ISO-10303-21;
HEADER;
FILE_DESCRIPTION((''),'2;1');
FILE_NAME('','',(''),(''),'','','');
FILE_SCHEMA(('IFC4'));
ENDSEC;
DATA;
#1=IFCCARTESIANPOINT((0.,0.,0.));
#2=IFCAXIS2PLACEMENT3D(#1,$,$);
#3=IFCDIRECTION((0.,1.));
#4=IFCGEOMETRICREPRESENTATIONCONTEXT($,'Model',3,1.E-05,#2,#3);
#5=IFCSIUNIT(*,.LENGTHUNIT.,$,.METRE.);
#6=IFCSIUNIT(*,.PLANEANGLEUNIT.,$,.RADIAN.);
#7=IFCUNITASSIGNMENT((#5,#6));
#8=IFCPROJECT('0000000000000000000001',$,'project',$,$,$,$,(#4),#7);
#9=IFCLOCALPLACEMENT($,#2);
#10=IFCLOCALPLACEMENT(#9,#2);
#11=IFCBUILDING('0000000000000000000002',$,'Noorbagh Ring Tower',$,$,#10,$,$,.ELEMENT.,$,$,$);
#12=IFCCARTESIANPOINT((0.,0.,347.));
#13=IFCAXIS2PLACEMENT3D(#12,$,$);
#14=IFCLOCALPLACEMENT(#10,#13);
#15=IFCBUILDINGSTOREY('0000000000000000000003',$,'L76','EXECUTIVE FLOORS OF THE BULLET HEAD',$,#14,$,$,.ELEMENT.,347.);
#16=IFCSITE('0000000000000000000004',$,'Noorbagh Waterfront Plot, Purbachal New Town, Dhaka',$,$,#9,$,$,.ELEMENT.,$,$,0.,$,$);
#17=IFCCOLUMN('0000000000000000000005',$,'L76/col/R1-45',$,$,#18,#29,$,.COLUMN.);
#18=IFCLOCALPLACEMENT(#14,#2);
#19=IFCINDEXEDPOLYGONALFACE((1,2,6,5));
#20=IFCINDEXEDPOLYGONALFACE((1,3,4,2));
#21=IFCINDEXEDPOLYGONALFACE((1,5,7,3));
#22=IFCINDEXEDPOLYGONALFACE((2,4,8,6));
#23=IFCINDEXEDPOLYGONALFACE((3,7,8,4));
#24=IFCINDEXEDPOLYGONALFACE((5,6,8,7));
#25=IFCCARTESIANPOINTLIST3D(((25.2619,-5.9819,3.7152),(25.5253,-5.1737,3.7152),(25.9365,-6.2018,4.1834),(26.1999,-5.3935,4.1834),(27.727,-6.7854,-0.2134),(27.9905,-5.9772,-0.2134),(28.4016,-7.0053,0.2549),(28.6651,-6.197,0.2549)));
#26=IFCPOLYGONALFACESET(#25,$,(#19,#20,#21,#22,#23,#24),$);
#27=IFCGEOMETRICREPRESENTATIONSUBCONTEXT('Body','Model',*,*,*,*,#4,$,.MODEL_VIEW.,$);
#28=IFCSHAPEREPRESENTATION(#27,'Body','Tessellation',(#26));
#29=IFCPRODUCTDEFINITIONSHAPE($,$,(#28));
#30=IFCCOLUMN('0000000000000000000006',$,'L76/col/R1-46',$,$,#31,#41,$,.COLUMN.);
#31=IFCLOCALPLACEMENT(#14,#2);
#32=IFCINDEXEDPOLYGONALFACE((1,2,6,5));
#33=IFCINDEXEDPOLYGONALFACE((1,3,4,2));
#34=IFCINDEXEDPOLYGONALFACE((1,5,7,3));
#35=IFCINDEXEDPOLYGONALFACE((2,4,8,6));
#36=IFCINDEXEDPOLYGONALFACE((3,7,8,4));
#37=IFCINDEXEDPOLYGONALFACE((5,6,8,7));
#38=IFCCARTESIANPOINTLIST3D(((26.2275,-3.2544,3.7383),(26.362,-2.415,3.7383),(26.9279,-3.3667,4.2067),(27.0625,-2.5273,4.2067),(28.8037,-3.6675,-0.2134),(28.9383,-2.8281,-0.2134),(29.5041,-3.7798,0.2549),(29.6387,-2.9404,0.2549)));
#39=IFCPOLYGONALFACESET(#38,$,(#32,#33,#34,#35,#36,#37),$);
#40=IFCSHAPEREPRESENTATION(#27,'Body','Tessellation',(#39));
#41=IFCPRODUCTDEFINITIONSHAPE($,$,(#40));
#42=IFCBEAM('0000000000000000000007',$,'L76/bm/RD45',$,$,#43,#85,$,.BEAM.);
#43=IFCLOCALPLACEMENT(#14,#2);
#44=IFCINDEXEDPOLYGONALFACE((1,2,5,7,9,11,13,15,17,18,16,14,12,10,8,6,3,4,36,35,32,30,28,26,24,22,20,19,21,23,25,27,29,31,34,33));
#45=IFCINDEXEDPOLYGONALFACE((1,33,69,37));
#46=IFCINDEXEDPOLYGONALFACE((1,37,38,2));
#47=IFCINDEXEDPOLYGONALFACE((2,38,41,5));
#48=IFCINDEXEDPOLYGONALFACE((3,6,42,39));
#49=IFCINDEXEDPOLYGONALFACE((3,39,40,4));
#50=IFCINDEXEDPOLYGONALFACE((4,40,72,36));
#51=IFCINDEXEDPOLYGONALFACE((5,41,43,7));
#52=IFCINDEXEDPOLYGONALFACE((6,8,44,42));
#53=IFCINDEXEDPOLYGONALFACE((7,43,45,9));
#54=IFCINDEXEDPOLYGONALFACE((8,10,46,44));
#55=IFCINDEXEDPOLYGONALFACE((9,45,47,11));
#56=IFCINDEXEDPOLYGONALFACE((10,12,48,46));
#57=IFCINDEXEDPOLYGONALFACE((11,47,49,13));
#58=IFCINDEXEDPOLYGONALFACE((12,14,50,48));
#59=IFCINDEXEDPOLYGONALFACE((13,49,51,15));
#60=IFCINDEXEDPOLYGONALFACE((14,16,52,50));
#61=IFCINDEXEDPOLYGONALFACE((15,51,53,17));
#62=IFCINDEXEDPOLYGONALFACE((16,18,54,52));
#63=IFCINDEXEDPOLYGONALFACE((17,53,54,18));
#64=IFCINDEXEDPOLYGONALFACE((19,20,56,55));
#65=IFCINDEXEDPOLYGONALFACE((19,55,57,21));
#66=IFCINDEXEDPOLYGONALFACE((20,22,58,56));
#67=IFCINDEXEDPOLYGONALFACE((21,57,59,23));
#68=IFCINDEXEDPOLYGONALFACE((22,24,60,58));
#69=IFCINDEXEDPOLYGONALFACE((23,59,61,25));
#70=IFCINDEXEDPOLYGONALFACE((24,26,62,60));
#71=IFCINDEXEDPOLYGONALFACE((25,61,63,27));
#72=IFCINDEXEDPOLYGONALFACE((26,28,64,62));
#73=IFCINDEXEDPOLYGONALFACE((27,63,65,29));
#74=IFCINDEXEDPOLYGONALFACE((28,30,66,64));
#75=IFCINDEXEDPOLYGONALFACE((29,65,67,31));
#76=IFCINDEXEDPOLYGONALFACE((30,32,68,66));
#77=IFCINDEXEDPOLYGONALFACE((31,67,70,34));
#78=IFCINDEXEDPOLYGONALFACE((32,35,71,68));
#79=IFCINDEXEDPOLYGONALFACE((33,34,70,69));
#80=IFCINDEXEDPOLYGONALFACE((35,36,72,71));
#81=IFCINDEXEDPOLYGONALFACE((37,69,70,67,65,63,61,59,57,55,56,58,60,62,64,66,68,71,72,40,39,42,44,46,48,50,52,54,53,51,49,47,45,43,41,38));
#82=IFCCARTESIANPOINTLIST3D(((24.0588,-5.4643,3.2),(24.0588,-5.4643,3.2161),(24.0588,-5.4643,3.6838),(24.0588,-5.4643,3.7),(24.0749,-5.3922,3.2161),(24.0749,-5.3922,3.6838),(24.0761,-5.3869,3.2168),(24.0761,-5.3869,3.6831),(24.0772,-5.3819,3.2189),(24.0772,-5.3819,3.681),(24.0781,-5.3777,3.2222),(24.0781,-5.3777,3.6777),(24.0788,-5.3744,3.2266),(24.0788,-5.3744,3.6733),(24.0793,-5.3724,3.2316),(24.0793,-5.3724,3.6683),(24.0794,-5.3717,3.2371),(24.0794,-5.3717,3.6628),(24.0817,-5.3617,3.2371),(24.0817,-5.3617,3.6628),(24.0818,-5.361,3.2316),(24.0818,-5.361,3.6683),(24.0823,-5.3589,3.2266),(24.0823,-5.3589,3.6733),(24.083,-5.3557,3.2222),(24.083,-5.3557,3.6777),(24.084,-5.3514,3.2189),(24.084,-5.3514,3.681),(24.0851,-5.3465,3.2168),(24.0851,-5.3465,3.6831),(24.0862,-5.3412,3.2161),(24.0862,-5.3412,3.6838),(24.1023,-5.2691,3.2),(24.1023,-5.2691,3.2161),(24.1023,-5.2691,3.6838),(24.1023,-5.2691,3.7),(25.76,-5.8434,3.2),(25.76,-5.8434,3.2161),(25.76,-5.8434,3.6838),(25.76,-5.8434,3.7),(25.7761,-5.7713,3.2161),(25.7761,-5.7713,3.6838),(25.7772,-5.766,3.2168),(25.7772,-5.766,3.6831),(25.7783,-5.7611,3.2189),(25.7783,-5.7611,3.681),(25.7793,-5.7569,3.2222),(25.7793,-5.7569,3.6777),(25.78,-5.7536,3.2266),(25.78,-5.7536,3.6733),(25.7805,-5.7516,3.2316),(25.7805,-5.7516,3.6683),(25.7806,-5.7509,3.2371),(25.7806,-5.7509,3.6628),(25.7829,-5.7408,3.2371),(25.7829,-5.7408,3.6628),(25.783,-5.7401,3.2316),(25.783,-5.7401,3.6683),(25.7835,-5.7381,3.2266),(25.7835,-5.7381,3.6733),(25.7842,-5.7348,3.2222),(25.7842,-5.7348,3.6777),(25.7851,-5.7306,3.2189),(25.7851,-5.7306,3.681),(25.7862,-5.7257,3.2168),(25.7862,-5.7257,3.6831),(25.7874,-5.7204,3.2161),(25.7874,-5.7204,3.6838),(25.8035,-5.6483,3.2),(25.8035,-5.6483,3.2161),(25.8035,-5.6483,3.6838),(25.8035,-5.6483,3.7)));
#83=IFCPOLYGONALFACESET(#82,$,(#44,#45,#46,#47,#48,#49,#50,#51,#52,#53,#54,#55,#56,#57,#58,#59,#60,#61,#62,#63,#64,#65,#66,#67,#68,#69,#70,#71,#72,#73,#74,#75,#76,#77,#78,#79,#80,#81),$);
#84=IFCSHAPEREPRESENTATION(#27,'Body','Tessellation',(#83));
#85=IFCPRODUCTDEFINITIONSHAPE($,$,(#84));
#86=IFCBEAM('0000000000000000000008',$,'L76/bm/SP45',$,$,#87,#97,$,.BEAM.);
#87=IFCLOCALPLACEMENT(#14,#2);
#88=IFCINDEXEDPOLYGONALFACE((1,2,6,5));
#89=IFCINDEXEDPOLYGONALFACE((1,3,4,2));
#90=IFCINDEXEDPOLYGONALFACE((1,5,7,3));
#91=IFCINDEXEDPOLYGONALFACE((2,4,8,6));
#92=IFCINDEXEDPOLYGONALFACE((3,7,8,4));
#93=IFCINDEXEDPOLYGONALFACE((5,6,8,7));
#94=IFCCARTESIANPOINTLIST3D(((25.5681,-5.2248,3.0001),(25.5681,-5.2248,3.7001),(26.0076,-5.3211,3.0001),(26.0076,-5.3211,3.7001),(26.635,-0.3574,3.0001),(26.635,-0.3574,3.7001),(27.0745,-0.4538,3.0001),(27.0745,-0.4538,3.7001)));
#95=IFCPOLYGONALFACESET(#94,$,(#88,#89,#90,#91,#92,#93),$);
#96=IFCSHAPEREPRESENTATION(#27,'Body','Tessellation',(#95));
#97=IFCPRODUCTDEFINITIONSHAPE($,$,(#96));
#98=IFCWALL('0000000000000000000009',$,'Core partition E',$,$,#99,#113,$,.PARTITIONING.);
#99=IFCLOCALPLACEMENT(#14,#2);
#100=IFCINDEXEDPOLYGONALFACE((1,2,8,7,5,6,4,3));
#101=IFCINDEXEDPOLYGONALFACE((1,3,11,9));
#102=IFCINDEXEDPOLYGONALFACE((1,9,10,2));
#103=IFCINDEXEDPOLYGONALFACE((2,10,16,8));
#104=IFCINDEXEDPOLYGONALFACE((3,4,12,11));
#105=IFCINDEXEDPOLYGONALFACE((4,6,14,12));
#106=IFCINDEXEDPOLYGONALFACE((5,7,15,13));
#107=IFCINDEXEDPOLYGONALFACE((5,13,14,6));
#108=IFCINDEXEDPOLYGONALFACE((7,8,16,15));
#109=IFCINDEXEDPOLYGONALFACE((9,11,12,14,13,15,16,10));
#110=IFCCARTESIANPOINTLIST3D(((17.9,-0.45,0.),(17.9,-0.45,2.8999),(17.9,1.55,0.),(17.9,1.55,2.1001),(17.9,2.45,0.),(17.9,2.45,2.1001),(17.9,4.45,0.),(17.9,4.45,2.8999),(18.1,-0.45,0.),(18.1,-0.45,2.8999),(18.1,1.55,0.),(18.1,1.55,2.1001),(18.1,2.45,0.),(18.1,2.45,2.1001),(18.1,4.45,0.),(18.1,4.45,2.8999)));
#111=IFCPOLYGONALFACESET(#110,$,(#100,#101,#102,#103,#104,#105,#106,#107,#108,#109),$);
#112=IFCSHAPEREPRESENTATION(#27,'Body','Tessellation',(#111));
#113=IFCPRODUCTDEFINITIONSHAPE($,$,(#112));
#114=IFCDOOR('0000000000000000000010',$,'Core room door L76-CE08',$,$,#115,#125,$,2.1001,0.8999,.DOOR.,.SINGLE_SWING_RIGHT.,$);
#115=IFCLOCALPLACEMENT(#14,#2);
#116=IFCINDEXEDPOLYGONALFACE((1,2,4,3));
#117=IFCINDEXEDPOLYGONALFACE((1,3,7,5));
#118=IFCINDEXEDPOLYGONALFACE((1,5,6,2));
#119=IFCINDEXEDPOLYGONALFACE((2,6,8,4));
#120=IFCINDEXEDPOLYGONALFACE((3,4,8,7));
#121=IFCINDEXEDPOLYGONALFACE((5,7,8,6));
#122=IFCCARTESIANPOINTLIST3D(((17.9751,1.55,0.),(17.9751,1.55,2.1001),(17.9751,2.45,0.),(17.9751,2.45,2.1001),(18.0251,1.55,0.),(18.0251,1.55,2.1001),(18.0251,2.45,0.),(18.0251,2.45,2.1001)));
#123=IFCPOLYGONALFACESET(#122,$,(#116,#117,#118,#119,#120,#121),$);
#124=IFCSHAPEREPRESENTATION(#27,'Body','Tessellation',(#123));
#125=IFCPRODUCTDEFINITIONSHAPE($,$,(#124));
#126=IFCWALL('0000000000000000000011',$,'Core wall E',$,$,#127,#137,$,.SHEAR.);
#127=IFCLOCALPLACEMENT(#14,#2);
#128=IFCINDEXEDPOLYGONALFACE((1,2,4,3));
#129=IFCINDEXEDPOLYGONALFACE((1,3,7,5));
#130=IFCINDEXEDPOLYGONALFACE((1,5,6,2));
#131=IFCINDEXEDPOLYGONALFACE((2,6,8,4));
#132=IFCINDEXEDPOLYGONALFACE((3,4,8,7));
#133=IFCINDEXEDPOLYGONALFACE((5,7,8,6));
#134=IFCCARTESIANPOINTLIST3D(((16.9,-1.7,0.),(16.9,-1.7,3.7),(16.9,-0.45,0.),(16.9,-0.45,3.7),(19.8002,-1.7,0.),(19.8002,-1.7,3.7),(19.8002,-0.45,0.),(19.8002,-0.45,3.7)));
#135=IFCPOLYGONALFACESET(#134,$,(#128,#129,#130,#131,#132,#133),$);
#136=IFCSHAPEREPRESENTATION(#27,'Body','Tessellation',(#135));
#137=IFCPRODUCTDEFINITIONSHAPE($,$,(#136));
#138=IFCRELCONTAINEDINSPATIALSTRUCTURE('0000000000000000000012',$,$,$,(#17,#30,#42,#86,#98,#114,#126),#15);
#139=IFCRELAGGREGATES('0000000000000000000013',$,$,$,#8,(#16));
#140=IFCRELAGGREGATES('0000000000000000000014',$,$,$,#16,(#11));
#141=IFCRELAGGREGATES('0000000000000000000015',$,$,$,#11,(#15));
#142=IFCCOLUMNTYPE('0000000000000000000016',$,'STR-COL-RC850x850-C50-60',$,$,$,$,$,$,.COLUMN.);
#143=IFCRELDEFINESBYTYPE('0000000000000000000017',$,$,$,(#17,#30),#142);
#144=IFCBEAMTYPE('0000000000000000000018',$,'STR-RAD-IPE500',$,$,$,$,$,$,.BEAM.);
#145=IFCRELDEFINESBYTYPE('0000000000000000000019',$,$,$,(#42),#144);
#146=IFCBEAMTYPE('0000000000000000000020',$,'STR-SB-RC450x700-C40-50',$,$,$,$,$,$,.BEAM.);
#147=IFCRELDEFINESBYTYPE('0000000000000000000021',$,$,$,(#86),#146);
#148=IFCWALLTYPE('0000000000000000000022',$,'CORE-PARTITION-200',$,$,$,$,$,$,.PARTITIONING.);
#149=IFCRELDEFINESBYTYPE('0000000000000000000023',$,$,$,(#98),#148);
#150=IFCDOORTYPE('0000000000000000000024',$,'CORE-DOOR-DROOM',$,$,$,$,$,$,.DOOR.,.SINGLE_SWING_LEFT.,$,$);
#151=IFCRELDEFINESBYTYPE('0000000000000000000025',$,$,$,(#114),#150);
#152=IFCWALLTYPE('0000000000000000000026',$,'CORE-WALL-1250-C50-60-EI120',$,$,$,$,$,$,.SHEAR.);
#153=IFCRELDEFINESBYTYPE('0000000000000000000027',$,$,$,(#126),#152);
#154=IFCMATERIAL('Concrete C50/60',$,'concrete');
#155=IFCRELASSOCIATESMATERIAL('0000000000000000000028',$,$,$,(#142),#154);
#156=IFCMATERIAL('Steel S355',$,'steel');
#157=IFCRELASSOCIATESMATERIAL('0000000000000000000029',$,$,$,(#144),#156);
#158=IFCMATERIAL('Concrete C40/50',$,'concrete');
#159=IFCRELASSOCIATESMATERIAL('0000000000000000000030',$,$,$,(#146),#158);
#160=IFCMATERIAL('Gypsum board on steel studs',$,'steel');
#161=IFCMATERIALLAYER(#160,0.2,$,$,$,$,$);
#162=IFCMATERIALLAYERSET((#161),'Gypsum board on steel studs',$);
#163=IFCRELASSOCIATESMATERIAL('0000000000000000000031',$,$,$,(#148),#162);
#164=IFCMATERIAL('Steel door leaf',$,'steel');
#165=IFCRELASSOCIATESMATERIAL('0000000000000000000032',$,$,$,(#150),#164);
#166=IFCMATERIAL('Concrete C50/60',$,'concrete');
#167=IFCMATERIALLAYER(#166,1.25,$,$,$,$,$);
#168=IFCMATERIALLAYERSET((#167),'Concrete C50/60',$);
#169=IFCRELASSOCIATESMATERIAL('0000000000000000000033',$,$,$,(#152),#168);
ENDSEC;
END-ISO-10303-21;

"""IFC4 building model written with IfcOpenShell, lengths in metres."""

from ifc_helpers import new_model, si_unit, direction, frame, frame_2d, origin, origin_2d, place, context, subcontext, project, spatial, rectangle, i_section, extrude, material, layer, layer_set, material_profile, profile_set, type_object, element, fill, save


model = new_model("IFC4")

# Units and contexts
model_context = context("Model", 3, precision=1e-05, world=origin(), true_north=direction((0.0, 1.0)))
body_context = subcontext(model_context, "Body", "Model", "MODEL_VIEW")
ifc_project = project(units=[si_unit("LENGTHUNIT", "METRE"), si_unit("PLANEANGLEUNIT", "RADIAN")], contexts=[model_context])

# Site, building, storey
site_placement = place(None, origin())
site = spatial("IfcSite", under=ifc_project, at=site_placement, Name="Noorbagh Waterfront Plot, Purbachal New Town, Dhaka", CompositionType="ELEMENT", RefElevation=0.0)
building_placement = place(site_placement, origin())
building = spatial("IfcBuilding", under=site, at=building_placement, Name="Noorbagh Ring Tower", CompositionType="ELEMENT")
storey_placement = place(building_placement, frame((0.0, 0.0, 347.0)))
storey = spatial("IfcBuildingStorey", under=building, at=storey_placement, Name="L76", Description="EXECUTIVE FLOORS OF THE BULLET HEAD", CompositionType="ELEMENT", Elevation=347.0)

# Columns
ifc_material_1 = material(Name="Concrete C50/60", Category="concrete")
ifc_material_profile_1 = material_profile(ifc_material_1, rectangle(XDim=0.8501, YDim=0.8501, at=origin_2d()), Name="RC850x850")
ifc_profile_set_1 = profile_set([ifc_material_profile_1], Name="Concrete C50/60")
column_type = type_object("IfcColumnType", Name="STR-COL-RC850x850-C50-60", PredefinedType="COLUMN", material=ifc_profile_set_1)
column_1_placement = place(storey_placement, frame((28.196, -6.4912, 0.0208), z_axis=(-0.523716, 0.170699, 0.834616), x_axis=(-0.309893, -0.950771, 0.0)))
element("IfcColumn", 1, at=column_1_placement, inside=storey, type_object=column_type, Name="L76/col/R1-45", PredefinedType="COLUMN", context=body_context, shape_type="SweptSolid", body=[
    extrude(rectangle(XDim=0.8501, YDim=0.8501, at=origin_2d()), origin(), (0.0, 0.0, 1.0), 4.707),
])
column_2_placement = place(storey_placement, frame((29.2212, -3.304, 0.0208), z_axis=(-0.544037, 0.087236, 0.834514), x_axis=(-0.158326, -0.987387, 0.0)))
element("IfcColumn", 2, at=column_2_placement, inside=storey, type_object=column_type, Name="L76/col/R1-46", PredefinedType="COLUMN", context=body_context, shape_type="SweptSolid", body=[
    extrude(rectangle(XDim=0.8501, YDim=0.8501, at=origin_2d()), origin(), (0.0, 0.0, 1.0), 4.7354),
])

# Beams
ifc_material_2 = material(Name="Steel S355", Category="steel")
ifc_material_profile_2 = material_profile(ifc_material_2, i_section(OverallWidth=0.2, OverallDepth=0.5, WebThickness=0.0103, FlangeThickness=0.0161, FilletRadius=0.021, at=origin_2d()), Name="IPE500")
ifc_profile_set_2 = profile_set([ifc_material_profile_2], Name="Steel S355")
beam_type_1 = type_object("IfcBeamType", Name="STR-RAD-IPE500", PredefinedType="BEAM", material=ifc_profile_set_2)
beam_1_placement = place(storey_placement, frame((25.7817, -5.7458, 3.45), z_axis=(-0.976052, 0.217539, 0.0), x_axis=(-0.217539, -0.976052, 0.0)))
element("IfcBeam", 3, at=beam_1_placement, inside=storey, type_object=beam_type_1, Name="L76/bm/RD45", PredefinedType="BEAM", context=body_context, shape_type="SweptSolid", body=[
    extrude(i_section(OverallWidth=0.2, OverallDepth=0.5, WebThickness=0.0103, FlangeThickness=0.0161, FilletRadius=0.021, at=origin_2d()), origin(), (0.0, 0.0, 1.0), 1.7429),
])
ifc_material_3 = material(Name="Concrete C40/50", Category="concrete")
ifc_material_profile_3 = material_profile(ifc_material_3, rectangle(XDim=0.45, YDim=0.7, at=origin_2d()), Name="RC450x700")
ifc_profile_set_3 = profile_set([ifc_material_profile_3], Name="Concrete C40/50")
beam_type_2 = type_object("IfcBeamType", Name="STR-SB-RC450x700-C40-50", PredefinedType="BEAM", material=ifc_profile_set_3)
beam_2_placement = place(storey_placement, frame((25.7878, -5.2729, 3.3501), z_axis=(0.214107, 0.97681, 0.0), x_axis=(-0.97681, 0.214107, 0.0)))
element("IfcBeam", 4, at=beam_2_placement, inside=storey, type_object=beam_type_2, Name="L76/bm/SP45", PredefinedType="BEAM", context=body_context, shape_type="SweptSolid", body=[
    extrude(rectangle(XDim=0.45, YDim=0.7, at=origin_2d()), origin(), (0.0, 0.0, 1.0), 4.9829),
])

# Wall, opening, door
ifc_material_4 = material(Name="Gypsum board on steel studs", Category="steel")
ifc_layer_1 = layer(ifc_material_4, 0.2)
ifc_layer_set_1 = layer_set([ifc_layer_1], Name="Gypsum board on steel studs")
wall_type_1 = type_object("IfcWallType", Name="CORE-PARTITION-200", PredefinedType="PARTITIONING", material=ifc_layer_set_1)
wall_1_placement = place(storey_placement, frame((18.0, -0.45, 0.0), z_axis=(0.0, 0.0, 1.0), x_axis=(0.0, 1.0, 0.0)))
wall_1 = element("IfcWall", 5, at=wall_1_placement, inside=storey, type_object=wall_type_1, Name="Core partition E", PredefinedType="PARTITIONING", context=body_context, shape_type="SweptSolid", body=[
    extrude(rectangle(XDim=4.8999, YDim=0.2, at=frame_2d((2.45, 0.0))), origin(), (0.0, 0.0, 1.0), 2.8999),
])
opening_1_placement = place(wall_1_placement, frame((2.0, 0.0, 0.0)))
opening_1 = element("IfcOpeningElement", 6, at=opening_1_placement, cuts=wall_1, PredefinedType="OPENING", context=body_context, shape_type="SweptSolid", body=[
    extrude(rectangle(XDim=0.8999, YDim=2.1001, at=frame_2d((0.45, 1.05))), frame((0.0, 0.1099, 0.0), z_axis=(0.0, -1.0, 0.0), x_axis=(1.0, 0.0, 0.0)), (0.0, 0.0, 1.0), 0.22),
])
ifc_material_5 = material(Name="Steel door leaf", Category="steel")
door_type_1 = type_object("IfcDoorType", Name="CORE-DOOR-DROOM", OperationType="SINGLE_SWING_LEFT", PredefinedType="DOOR", material=ifc_material_5)
door_1_placement = place(opening_1_placement, origin())
door_1 = element("IfcDoor", 7, at=door_1_placement, inside=storey, type_object=door_type_1, Name="Core room door L76-CE08", OperationType="SINGLE_SWING_RIGHT", OverallHeight=2.1001, OverallWidth=0.8999, PredefinedType="DOOR", context=body_context, shape_type="SweptSolid", body=[
    extrude(rectangle(XDim=0.8999, YDim=2.1001, at=frame_2d((0.45, 1.05))), frame((0.0, 0.0249, 0.0), z_axis=(0.0, -1.0, 0.0), x_axis=(1.0, 0.0, 0.0)), (0.0, 0.0, 1.0), 0.05),
])
fill(opening_1, door_1)

# Wall
ifc_material_6 = material(Name="Concrete C50/60", Category="concrete")
ifc_layer_2 = layer(ifc_material_6, 1.25)
ifc_layer_set_2 = layer_set([ifc_layer_2], Name="Concrete C50/60")
wall_type_2 = type_object("IfcWallType", Name="CORE-WALL-1250-C50-60-EI120", PredefinedType="SHEAR", material=ifc_layer_set_2)
wall_2_placement = place(storey_placement, frame((16.8999, -1.075, 0.0), z_axis=(0.0, 0.0, 1.0), x_axis=(1.0, 0.0, 0.0)))
element("IfcWall", 8, at=wall_2_placement, inside=storey, type_object=wall_type_2, Name="Core wall E", PredefinedType="SHEAR", context=body_context, shape_type="SweptSolid", body=[
    extrude(rectangle(XDim=2.9001, YDim=1.25, at=frame_2d((1.4502, 0.0))), origin(), (0.0, 0.0, 1.0), 3.7),
])

save(model, "model.ifc")
